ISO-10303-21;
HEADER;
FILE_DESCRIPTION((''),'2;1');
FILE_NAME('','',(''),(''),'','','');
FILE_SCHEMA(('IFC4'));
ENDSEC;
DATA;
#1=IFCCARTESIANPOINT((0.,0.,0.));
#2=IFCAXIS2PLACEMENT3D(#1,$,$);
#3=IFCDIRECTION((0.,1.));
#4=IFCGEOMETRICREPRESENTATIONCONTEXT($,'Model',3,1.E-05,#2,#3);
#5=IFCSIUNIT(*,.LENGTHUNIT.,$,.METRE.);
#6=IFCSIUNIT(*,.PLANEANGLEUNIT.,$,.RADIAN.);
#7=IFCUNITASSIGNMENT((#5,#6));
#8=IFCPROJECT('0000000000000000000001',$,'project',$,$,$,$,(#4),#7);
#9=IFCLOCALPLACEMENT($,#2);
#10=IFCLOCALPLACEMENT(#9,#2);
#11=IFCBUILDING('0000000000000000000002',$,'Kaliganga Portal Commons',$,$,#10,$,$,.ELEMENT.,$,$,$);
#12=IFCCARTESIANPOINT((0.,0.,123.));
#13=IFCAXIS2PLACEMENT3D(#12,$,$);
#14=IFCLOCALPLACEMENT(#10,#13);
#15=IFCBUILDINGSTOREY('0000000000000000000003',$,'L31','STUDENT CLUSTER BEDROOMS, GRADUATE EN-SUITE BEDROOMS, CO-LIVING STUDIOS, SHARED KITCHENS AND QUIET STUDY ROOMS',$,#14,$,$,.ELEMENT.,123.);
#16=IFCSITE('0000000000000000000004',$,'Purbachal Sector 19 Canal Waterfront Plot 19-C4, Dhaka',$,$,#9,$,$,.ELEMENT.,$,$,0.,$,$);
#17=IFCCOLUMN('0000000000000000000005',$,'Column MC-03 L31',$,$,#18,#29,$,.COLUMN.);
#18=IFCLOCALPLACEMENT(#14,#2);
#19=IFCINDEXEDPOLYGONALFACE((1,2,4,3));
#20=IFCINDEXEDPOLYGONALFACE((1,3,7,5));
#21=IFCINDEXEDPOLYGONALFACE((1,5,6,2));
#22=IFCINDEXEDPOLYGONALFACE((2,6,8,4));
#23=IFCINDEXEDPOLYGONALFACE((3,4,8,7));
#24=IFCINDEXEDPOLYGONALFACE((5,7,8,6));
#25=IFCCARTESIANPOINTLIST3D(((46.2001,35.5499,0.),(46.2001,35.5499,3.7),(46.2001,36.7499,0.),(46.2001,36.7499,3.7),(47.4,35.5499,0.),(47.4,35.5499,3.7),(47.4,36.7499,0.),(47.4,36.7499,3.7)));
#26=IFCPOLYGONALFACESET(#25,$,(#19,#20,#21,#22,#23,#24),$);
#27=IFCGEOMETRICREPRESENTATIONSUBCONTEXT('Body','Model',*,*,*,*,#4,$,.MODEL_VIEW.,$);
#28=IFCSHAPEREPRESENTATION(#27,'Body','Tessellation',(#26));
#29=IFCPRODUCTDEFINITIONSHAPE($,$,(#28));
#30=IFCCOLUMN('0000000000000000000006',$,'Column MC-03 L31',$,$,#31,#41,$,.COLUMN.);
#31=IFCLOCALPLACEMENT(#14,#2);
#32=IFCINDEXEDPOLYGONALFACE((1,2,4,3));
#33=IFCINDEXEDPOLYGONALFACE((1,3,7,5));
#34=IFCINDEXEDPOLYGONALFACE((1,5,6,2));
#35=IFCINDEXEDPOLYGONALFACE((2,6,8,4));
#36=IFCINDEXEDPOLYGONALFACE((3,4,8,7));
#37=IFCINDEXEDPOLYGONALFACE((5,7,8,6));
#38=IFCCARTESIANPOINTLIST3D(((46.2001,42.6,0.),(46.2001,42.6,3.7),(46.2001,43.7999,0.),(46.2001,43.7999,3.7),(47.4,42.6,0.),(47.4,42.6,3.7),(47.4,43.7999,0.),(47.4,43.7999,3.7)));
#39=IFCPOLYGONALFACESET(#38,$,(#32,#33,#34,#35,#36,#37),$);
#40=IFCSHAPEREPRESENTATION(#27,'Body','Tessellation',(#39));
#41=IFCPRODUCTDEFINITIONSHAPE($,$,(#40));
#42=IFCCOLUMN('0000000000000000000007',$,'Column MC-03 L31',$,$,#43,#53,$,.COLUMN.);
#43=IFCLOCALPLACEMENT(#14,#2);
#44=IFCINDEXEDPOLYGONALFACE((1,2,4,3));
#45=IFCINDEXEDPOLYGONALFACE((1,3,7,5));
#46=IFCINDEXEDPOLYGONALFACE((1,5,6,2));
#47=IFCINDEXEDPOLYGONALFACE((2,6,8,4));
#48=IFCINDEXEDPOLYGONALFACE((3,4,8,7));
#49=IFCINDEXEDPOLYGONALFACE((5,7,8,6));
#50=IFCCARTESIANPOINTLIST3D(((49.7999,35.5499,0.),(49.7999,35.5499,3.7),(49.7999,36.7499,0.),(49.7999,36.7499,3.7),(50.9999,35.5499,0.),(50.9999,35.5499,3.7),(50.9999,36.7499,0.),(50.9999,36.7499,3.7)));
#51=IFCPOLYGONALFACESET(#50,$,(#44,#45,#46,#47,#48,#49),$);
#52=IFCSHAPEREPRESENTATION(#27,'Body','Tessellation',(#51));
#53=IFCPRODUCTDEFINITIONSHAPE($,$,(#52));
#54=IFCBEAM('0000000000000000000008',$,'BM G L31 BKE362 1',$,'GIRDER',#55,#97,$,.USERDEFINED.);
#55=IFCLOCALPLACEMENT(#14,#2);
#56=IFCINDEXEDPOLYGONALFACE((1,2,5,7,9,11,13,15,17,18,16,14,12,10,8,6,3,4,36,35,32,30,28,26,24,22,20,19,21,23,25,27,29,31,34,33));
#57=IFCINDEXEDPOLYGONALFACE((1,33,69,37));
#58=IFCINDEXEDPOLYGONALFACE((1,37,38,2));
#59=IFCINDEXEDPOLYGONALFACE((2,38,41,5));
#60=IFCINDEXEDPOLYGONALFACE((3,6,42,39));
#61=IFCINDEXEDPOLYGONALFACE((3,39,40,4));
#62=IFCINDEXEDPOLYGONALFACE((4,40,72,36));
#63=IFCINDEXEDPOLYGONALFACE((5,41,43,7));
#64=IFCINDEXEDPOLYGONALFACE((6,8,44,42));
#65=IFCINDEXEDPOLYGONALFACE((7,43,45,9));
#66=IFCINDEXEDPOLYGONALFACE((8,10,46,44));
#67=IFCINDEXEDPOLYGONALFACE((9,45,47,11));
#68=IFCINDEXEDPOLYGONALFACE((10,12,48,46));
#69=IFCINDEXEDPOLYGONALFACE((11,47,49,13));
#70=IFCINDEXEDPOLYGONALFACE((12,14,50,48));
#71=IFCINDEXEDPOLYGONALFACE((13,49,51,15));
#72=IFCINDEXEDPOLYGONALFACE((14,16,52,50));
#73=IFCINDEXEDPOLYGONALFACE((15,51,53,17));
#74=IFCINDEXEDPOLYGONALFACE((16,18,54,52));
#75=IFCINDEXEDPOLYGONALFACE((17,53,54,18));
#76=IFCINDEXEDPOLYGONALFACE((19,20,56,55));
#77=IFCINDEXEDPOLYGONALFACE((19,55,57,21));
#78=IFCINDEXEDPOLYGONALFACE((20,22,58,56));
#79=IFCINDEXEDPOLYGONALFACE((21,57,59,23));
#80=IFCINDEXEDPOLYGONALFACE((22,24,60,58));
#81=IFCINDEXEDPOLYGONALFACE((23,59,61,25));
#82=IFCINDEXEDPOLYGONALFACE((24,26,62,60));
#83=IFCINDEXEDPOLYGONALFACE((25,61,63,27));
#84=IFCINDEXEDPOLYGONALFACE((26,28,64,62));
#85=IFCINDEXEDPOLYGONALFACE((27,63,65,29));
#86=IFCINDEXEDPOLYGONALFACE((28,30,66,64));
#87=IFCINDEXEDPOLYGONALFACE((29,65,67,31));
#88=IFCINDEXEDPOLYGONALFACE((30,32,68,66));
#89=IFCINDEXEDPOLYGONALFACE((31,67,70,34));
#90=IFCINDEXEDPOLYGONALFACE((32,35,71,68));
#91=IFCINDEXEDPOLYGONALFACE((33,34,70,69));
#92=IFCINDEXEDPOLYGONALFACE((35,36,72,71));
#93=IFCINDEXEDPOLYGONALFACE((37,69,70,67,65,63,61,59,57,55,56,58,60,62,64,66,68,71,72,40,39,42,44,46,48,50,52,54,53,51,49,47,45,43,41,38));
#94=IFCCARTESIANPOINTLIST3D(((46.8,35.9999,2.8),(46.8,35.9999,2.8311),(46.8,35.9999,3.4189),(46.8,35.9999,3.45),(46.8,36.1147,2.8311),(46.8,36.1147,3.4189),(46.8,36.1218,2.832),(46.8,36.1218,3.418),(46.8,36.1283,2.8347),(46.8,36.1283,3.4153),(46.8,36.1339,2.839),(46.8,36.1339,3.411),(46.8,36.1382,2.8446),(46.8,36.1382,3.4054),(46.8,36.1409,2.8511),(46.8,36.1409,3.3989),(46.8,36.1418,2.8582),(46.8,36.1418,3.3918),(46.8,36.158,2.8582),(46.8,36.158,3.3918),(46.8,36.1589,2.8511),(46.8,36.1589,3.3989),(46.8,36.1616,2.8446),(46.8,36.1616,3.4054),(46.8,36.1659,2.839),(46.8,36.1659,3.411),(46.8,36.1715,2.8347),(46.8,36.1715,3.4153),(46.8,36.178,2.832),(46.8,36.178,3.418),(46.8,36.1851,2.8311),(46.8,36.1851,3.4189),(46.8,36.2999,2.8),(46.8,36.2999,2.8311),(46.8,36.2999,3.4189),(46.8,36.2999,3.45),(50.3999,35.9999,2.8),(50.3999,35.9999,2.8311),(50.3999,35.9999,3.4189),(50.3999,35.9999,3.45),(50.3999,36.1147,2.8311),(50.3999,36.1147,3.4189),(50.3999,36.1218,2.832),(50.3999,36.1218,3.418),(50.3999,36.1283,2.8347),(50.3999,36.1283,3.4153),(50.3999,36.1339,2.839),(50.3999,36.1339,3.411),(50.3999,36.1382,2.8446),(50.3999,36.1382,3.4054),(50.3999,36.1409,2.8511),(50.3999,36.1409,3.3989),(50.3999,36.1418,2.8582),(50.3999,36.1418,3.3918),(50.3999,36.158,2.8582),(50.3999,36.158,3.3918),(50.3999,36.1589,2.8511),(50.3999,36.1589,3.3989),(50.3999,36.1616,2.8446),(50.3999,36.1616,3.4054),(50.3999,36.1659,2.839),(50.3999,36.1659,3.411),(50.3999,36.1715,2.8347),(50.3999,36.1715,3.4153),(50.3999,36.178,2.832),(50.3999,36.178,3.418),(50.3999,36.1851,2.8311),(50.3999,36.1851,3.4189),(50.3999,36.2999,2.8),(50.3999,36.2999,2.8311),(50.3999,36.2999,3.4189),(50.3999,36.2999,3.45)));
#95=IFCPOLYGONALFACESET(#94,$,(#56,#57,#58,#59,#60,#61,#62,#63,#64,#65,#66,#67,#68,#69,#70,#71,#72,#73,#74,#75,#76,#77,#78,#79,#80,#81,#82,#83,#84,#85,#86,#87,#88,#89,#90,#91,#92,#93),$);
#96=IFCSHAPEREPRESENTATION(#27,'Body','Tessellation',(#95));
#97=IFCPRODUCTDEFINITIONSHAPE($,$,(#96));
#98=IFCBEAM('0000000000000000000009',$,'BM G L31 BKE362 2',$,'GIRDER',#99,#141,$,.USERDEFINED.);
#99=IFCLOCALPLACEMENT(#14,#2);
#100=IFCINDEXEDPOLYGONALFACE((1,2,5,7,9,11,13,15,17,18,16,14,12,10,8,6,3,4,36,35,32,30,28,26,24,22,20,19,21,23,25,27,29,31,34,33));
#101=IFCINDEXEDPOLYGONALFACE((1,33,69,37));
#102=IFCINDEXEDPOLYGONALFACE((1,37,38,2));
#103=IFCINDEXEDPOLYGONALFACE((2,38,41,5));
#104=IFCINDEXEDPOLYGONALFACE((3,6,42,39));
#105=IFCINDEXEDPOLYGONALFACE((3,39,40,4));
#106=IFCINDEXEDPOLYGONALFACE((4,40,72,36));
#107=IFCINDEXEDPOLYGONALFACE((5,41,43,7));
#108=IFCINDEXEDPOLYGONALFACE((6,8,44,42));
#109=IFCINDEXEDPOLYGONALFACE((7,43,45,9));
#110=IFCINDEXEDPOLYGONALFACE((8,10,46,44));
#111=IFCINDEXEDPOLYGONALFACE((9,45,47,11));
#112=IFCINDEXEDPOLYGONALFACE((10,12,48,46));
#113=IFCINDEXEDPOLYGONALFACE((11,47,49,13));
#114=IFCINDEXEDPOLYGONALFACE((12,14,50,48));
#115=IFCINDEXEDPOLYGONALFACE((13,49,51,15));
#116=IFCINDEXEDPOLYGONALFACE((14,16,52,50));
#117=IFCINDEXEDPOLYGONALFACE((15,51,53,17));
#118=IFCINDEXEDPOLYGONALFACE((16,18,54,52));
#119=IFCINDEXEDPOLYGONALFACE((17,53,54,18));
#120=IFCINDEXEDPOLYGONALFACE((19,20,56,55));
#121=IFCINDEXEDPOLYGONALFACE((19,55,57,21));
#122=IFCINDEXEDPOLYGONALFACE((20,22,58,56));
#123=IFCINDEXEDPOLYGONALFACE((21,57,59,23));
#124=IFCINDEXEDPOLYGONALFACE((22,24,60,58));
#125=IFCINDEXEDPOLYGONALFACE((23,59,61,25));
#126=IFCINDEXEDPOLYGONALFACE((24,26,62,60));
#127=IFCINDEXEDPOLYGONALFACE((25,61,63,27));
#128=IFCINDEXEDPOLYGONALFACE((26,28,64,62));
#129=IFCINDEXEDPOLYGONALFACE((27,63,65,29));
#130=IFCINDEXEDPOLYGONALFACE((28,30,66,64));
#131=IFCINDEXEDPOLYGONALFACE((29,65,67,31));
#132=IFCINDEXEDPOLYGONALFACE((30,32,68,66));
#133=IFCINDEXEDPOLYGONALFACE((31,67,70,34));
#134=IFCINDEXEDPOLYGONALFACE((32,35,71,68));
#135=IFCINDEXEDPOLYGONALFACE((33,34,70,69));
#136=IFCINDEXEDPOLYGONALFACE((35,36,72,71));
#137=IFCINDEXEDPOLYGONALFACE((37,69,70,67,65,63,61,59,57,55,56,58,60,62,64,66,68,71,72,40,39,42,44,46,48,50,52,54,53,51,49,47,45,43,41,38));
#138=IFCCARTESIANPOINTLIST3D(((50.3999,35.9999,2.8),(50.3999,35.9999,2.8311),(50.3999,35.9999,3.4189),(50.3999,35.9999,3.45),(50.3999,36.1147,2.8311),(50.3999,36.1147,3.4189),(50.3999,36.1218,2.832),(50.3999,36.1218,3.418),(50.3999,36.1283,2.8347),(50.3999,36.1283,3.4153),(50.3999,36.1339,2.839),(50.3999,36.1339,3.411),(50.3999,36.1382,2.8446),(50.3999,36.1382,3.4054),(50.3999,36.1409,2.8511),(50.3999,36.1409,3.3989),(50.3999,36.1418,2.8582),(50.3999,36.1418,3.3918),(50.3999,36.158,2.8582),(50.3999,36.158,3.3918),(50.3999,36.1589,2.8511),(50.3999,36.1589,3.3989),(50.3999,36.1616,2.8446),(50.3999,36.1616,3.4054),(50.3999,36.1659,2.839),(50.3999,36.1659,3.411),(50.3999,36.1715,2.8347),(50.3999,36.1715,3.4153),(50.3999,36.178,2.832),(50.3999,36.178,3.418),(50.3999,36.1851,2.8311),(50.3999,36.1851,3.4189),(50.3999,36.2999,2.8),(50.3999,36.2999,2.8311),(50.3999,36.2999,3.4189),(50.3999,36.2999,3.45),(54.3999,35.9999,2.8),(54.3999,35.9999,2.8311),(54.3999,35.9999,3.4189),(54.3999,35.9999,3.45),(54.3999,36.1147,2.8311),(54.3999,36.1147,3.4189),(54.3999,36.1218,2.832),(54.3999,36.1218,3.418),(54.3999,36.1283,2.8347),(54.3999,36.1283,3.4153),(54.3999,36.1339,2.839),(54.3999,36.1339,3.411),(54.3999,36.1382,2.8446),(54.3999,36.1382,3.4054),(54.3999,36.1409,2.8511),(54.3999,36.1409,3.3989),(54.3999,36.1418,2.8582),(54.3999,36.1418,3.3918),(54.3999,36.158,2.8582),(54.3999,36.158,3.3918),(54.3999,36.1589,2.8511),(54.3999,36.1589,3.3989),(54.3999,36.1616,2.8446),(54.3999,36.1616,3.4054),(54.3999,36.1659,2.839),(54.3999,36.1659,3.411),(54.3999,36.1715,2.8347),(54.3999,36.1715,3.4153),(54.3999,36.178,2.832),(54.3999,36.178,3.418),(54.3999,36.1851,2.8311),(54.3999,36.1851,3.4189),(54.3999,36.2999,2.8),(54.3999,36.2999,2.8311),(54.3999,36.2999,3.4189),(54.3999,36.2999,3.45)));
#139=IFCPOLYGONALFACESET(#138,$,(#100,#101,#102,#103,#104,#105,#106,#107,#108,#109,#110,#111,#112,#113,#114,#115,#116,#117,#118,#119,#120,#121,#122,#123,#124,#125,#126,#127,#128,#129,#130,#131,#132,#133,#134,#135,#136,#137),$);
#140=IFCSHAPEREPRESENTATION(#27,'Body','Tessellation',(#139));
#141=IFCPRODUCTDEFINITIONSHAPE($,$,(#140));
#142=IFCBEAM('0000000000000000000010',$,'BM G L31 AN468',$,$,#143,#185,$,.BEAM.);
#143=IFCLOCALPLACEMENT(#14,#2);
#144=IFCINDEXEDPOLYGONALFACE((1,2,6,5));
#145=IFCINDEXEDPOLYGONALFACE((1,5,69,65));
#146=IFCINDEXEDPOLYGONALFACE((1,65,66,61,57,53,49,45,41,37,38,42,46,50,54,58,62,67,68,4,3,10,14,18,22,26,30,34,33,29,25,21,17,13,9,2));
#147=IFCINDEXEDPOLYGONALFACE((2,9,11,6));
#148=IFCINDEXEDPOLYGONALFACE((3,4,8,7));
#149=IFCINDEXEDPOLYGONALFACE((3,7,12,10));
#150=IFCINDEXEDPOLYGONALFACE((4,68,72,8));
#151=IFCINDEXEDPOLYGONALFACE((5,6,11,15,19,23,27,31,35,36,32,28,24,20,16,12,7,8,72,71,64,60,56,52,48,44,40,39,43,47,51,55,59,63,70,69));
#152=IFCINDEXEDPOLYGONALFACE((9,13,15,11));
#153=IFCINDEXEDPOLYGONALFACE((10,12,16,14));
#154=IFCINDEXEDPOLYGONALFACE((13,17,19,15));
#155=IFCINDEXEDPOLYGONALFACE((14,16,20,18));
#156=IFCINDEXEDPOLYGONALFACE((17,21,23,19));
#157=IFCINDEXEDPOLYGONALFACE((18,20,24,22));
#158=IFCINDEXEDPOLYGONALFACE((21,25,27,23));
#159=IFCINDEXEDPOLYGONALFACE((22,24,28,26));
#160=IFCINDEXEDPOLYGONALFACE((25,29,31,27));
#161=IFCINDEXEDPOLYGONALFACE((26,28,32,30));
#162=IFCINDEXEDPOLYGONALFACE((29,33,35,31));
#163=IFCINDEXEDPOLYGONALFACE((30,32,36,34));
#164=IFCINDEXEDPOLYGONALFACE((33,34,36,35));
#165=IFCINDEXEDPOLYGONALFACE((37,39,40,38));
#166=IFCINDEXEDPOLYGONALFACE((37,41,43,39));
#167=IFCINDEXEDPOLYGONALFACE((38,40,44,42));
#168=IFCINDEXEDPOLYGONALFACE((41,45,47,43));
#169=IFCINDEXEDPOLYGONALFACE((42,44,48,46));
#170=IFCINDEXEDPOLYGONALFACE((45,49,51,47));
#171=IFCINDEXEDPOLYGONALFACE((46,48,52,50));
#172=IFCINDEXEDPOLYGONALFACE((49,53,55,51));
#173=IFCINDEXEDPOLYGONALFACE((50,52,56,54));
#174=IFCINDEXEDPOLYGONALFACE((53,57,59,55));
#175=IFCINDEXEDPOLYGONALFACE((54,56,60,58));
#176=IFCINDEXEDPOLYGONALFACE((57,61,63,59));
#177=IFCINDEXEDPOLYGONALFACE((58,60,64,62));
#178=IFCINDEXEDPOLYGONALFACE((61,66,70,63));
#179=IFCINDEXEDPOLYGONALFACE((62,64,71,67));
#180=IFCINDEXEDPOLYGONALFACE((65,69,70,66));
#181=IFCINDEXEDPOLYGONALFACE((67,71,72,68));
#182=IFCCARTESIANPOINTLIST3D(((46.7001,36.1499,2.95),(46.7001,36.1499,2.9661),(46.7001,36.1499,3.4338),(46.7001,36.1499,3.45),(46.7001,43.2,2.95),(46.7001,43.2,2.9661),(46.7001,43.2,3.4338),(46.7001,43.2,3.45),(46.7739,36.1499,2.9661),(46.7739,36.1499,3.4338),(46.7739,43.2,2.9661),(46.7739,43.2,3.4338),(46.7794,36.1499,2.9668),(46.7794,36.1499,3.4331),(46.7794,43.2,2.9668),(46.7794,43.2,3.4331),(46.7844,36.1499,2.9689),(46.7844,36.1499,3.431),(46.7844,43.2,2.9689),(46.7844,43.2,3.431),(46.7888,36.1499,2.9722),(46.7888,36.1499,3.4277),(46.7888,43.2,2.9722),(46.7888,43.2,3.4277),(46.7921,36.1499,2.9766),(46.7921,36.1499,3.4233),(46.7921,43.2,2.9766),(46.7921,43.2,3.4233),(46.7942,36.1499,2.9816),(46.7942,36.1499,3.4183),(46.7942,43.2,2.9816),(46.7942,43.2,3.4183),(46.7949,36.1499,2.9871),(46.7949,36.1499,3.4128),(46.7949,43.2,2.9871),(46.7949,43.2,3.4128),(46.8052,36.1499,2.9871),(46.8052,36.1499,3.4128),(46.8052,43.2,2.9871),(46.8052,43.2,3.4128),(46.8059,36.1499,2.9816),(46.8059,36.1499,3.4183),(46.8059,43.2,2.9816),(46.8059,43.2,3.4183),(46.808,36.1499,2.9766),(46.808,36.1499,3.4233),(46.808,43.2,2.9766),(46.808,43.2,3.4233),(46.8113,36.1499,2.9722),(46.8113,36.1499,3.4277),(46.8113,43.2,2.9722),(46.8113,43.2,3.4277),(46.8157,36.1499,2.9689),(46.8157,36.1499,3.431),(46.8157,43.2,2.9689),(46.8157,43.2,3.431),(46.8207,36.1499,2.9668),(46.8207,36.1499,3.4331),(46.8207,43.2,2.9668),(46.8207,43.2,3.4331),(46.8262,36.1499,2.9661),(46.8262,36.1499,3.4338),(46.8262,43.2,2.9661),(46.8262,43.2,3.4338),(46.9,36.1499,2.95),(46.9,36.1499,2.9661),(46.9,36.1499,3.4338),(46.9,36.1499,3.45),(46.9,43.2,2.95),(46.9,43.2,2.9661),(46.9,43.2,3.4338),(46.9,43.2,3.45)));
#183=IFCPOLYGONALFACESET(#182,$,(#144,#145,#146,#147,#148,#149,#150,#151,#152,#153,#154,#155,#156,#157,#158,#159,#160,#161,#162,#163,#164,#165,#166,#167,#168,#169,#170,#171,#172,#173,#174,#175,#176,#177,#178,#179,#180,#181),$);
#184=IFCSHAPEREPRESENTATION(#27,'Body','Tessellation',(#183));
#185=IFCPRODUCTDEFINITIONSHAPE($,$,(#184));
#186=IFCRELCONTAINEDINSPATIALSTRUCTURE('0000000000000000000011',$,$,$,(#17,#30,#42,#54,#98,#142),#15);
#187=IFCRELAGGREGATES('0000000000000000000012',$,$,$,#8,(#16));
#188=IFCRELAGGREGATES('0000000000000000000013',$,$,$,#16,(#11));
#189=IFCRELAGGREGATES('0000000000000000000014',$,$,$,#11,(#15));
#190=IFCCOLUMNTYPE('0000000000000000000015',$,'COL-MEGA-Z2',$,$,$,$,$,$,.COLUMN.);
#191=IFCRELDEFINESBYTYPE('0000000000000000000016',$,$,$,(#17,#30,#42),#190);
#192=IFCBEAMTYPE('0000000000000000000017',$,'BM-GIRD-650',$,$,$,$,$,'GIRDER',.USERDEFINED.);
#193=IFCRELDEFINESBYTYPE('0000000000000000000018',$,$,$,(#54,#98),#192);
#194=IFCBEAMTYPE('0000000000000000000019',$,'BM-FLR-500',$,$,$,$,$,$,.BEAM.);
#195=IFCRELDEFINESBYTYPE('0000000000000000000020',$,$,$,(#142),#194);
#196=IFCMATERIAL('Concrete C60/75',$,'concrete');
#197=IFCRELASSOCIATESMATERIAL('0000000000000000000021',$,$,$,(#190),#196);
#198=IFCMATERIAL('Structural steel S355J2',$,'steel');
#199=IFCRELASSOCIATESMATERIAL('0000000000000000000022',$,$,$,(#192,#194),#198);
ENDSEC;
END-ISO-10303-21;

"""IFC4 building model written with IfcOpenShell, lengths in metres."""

from ifc_helpers import new_model, si_unit, direction, frame, origin, origin_2d, place, context, subcontext, project, spatial, rectangle, i_section, extrude, source, transform, mapped, material, material_profile, profile_set, type_object, element, save


model = new_model("IFC4")

# Units and contexts
model_context = context("Model", 3, precision=1e-05, world=origin(), true_north=direction((0.0, 1.0)))
body_context = subcontext(model_context, "Body", "Model", "MODEL_VIEW")
ifc_project = project(units=[si_unit("LENGTHUNIT", "METRE"), si_unit("PLANEANGLEUNIT", "RADIAN")], contexts=[model_context])

# Site, building, storey
site_placement = place(None, origin())
site = spatial("IfcSite", under=ifc_project, at=site_placement, Name="Purbachal Sector 19 Canal Waterfront Plot 19-C4, Dhaka", CompositionType="ELEMENT", RefElevation=0.0)
building_placement = place(site_placement, origin())
building = spatial("IfcBuilding", under=site, at=building_placement, Name="Kaliganga Portal Commons", CompositionType="ELEMENT")
storey_placement = place(building_placement, frame((0.0, 0.0, 123.0)))
storey = spatial("IfcBuildingStorey", under=building, at=storey_placement, Name="L31", Description="STUDENT CLUSTER BEDROOMS, GRADUATE EN-SUITE BEDROOMS, CO-LIVING STUDIOS, SHARED KITCHENS AND QUIET STUDY ROOMS", CompositionType="ELEMENT", Elevation=123.0)

# Columns
ifc_material_1 = material(Name="Concrete C60/75", Category="concrete")
ifc_material_profile_1 = material_profile(ifc_material_1, rectangle(XDim=1.2, YDim=1.2, at=origin_2d()), Name="RC 1200x1200")
ifc_profile_set_1 = profile_set([ifc_material_profile_1], Name="Concrete C60/75")
column_type = type_object("IfcColumnType", Name="COL-MEGA-Z2", PredefinedType="COLUMN", material=ifc_profile_set_1)
shared_shape_1 = source(origin(), body_context, "Body", "SweptSolid", [
    extrude(rectangle(XDim=1.2, YDim=1.2, at=origin_2d()), origin(), (0.0, 0.0, 1.0), 3.7),
])
for number, where, z_axis, x_axis, name in (
    (1, (46.8, 36.1499, 0.0), (0.0, 0.0, 1.0), (1.0, 0.0, 0.0), "Column MC-03 L31"),
    (2, (46.8, 43.2, 0.0), (0.0, 0.0, 1.0), (1.0, 0.0, 0.0), "Column MC-03 L31"),
    (3, (50.3999, 36.1499, 0.0), (0.0, 0.0, 1.0), (1.0, 0.0, 0.0), "Column MC-03 L31"),
):
    element("IfcColumn", number, at=place(storey_placement, frame(where, z_axis=z_axis, x_axis=x_axis)), inside=storey, type_object=column_type, Name=name, PredefinedType="COLUMN", context=body_context, shape_type="MappedRepresentation", body=[
        mapped(shared_shape_1, transform((0.0, 0.0, 0.0), x_axis=(1.0, 0.0, 0.0), y_axis=(0.0, 1.0, 0.0), z_axis=(0.0, 0.0, 1.0), scale=1.0)),
    ])

# Beams
ifc_material_2 = material(Name="Structural steel S355J2", Category="steel")
ifc_material_profile_2 = material_profile(ifc_material_2, i_section(OverallWidth=0.3, OverallDepth=0.6499, WebThickness=0.0161, FlangeThickness=0.031, FilletRadius=0.0271, at=origin_2d()), Name="HE 650 B")
ifc_profile_set_2 = profile_set([ifc_material_profile_2], Name="Structural steel S355J2 wide-flange")
beam_type_1 = type_object("IfcBeamType", Name="BM-GIRD-650", ElementType="GIRDER", PredefinedType="USERDEFINED", material=ifc_profile_set_2)
shared_shape_2 = source(origin(), body_context, "Body", "SweptSolid", [
    extrude(i_section(OverallWidth=0.3, OverallDepth=0.6499, WebThickness=0.0161, FlangeThickness=0.031, FilletRadius=0.0271, at=origin_2d()), origin(), (0.0, 0.0, 1.0), 3.5999),
])
beam_1_placement = place(storey_placement, frame((46.8, 36.1499, 3.125), z_axis=(1.0, 0.0, 0.0), x_axis=(0.0, 1.0, 0.0)))
element("IfcBeam", 4, at=beam_1_placement, inside=storey, type_object=beam_type_1, Name="BM G L31 BKE362 1", ObjectType="GIRDER", PredefinedType="USERDEFINED", context=body_context, shape_type="MappedRepresentation", body=[
    mapped(shared_shape_2, transform((0.0, 0.0, 0.0), x_axis=(1.0, 0.0, 0.0), y_axis=(0.0, 1.0, 0.0), z_axis=(0.0, 0.0, 1.0), scale=1.0)),
])
shared_shape_3 = source(origin(), body_context, "Body", "SweptSolid", [
    extrude(i_section(OverallWidth=0.3, OverallDepth=0.6499, WebThickness=0.0161, FlangeThickness=0.031, FilletRadius=0.0271, at=origin_2d()), origin(), (0.0, 0.0, 1.0), 4.0),
])
beam_2_placement = place(storey_placement, frame((50.3999, 36.1499, 3.125), z_axis=(1.0, 0.0, 0.0), x_axis=(0.0, 1.0, 0.0)))
element("IfcBeam", 5, at=beam_2_placement, inside=storey, type_object=beam_type_1, Name="BM G L31 BKE362 2", ObjectType="GIRDER", PredefinedType="USERDEFINED", context=body_context, shape_type="MappedRepresentation", body=[
    mapped(shared_shape_3, transform((0.0, 0.0, 0.0), x_axis=(1.0, 0.0, 0.0), y_axis=(0.0, 1.0, 0.0), z_axis=(0.0, 0.0, 1.0), scale=1.0)),
])
ifc_material_profile_3 = material_profile(ifc_material_2, i_section(OverallWidth=0.2, OverallDepth=0.5, WebThickness=0.0103, FlangeThickness=0.0161, FilletRadius=0.021, at=origin_2d()), Name="IPE 500")
ifc_profile_set_3 = profile_set([ifc_material_profile_3], Name="Structural steel S355J2 wide-flange")
beam_type_2 = type_object("IfcBeamType", Name="BM-FLR-500", PredefinedType="BEAM", material=ifc_profile_set_3)
shared_shape_4 = source(origin(), body_context, "Body", "SweptSolid", [
    extrude(i_section(OverallWidth=0.2, OverallDepth=0.5, WebThickness=0.0103, FlangeThickness=0.0161, FilletRadius=0.021, at=origin_2d()), origin(), (0.0, 0.0, 1.0), 7.05),
])
beam_3_placement = place(storey_placement, frame((46.8, 36.1499, 3.2), z_axis=(0.0, 1.0, 0.0), x_axis=(-1.0, 0.0, 0.0)))
element("IfcBeam", 6, at=beam_3_placement, inside=storey, type_object=beam_type_2, Name="BM G L31 AN468", PredefinedType="BEAM", context=body_context, shape_type="MappedRepresentation", body=[
    mapped(shared_shape_4, transform((0.0, 0.0, 0.0), x_axis=(1.0, 0.0, 0.0), y_axis=(0.0, 1.0, 0.0), z_axis=(0.0, 0.0, 1.0), scale=1.0)),
])

save(model, "model.ifc")
